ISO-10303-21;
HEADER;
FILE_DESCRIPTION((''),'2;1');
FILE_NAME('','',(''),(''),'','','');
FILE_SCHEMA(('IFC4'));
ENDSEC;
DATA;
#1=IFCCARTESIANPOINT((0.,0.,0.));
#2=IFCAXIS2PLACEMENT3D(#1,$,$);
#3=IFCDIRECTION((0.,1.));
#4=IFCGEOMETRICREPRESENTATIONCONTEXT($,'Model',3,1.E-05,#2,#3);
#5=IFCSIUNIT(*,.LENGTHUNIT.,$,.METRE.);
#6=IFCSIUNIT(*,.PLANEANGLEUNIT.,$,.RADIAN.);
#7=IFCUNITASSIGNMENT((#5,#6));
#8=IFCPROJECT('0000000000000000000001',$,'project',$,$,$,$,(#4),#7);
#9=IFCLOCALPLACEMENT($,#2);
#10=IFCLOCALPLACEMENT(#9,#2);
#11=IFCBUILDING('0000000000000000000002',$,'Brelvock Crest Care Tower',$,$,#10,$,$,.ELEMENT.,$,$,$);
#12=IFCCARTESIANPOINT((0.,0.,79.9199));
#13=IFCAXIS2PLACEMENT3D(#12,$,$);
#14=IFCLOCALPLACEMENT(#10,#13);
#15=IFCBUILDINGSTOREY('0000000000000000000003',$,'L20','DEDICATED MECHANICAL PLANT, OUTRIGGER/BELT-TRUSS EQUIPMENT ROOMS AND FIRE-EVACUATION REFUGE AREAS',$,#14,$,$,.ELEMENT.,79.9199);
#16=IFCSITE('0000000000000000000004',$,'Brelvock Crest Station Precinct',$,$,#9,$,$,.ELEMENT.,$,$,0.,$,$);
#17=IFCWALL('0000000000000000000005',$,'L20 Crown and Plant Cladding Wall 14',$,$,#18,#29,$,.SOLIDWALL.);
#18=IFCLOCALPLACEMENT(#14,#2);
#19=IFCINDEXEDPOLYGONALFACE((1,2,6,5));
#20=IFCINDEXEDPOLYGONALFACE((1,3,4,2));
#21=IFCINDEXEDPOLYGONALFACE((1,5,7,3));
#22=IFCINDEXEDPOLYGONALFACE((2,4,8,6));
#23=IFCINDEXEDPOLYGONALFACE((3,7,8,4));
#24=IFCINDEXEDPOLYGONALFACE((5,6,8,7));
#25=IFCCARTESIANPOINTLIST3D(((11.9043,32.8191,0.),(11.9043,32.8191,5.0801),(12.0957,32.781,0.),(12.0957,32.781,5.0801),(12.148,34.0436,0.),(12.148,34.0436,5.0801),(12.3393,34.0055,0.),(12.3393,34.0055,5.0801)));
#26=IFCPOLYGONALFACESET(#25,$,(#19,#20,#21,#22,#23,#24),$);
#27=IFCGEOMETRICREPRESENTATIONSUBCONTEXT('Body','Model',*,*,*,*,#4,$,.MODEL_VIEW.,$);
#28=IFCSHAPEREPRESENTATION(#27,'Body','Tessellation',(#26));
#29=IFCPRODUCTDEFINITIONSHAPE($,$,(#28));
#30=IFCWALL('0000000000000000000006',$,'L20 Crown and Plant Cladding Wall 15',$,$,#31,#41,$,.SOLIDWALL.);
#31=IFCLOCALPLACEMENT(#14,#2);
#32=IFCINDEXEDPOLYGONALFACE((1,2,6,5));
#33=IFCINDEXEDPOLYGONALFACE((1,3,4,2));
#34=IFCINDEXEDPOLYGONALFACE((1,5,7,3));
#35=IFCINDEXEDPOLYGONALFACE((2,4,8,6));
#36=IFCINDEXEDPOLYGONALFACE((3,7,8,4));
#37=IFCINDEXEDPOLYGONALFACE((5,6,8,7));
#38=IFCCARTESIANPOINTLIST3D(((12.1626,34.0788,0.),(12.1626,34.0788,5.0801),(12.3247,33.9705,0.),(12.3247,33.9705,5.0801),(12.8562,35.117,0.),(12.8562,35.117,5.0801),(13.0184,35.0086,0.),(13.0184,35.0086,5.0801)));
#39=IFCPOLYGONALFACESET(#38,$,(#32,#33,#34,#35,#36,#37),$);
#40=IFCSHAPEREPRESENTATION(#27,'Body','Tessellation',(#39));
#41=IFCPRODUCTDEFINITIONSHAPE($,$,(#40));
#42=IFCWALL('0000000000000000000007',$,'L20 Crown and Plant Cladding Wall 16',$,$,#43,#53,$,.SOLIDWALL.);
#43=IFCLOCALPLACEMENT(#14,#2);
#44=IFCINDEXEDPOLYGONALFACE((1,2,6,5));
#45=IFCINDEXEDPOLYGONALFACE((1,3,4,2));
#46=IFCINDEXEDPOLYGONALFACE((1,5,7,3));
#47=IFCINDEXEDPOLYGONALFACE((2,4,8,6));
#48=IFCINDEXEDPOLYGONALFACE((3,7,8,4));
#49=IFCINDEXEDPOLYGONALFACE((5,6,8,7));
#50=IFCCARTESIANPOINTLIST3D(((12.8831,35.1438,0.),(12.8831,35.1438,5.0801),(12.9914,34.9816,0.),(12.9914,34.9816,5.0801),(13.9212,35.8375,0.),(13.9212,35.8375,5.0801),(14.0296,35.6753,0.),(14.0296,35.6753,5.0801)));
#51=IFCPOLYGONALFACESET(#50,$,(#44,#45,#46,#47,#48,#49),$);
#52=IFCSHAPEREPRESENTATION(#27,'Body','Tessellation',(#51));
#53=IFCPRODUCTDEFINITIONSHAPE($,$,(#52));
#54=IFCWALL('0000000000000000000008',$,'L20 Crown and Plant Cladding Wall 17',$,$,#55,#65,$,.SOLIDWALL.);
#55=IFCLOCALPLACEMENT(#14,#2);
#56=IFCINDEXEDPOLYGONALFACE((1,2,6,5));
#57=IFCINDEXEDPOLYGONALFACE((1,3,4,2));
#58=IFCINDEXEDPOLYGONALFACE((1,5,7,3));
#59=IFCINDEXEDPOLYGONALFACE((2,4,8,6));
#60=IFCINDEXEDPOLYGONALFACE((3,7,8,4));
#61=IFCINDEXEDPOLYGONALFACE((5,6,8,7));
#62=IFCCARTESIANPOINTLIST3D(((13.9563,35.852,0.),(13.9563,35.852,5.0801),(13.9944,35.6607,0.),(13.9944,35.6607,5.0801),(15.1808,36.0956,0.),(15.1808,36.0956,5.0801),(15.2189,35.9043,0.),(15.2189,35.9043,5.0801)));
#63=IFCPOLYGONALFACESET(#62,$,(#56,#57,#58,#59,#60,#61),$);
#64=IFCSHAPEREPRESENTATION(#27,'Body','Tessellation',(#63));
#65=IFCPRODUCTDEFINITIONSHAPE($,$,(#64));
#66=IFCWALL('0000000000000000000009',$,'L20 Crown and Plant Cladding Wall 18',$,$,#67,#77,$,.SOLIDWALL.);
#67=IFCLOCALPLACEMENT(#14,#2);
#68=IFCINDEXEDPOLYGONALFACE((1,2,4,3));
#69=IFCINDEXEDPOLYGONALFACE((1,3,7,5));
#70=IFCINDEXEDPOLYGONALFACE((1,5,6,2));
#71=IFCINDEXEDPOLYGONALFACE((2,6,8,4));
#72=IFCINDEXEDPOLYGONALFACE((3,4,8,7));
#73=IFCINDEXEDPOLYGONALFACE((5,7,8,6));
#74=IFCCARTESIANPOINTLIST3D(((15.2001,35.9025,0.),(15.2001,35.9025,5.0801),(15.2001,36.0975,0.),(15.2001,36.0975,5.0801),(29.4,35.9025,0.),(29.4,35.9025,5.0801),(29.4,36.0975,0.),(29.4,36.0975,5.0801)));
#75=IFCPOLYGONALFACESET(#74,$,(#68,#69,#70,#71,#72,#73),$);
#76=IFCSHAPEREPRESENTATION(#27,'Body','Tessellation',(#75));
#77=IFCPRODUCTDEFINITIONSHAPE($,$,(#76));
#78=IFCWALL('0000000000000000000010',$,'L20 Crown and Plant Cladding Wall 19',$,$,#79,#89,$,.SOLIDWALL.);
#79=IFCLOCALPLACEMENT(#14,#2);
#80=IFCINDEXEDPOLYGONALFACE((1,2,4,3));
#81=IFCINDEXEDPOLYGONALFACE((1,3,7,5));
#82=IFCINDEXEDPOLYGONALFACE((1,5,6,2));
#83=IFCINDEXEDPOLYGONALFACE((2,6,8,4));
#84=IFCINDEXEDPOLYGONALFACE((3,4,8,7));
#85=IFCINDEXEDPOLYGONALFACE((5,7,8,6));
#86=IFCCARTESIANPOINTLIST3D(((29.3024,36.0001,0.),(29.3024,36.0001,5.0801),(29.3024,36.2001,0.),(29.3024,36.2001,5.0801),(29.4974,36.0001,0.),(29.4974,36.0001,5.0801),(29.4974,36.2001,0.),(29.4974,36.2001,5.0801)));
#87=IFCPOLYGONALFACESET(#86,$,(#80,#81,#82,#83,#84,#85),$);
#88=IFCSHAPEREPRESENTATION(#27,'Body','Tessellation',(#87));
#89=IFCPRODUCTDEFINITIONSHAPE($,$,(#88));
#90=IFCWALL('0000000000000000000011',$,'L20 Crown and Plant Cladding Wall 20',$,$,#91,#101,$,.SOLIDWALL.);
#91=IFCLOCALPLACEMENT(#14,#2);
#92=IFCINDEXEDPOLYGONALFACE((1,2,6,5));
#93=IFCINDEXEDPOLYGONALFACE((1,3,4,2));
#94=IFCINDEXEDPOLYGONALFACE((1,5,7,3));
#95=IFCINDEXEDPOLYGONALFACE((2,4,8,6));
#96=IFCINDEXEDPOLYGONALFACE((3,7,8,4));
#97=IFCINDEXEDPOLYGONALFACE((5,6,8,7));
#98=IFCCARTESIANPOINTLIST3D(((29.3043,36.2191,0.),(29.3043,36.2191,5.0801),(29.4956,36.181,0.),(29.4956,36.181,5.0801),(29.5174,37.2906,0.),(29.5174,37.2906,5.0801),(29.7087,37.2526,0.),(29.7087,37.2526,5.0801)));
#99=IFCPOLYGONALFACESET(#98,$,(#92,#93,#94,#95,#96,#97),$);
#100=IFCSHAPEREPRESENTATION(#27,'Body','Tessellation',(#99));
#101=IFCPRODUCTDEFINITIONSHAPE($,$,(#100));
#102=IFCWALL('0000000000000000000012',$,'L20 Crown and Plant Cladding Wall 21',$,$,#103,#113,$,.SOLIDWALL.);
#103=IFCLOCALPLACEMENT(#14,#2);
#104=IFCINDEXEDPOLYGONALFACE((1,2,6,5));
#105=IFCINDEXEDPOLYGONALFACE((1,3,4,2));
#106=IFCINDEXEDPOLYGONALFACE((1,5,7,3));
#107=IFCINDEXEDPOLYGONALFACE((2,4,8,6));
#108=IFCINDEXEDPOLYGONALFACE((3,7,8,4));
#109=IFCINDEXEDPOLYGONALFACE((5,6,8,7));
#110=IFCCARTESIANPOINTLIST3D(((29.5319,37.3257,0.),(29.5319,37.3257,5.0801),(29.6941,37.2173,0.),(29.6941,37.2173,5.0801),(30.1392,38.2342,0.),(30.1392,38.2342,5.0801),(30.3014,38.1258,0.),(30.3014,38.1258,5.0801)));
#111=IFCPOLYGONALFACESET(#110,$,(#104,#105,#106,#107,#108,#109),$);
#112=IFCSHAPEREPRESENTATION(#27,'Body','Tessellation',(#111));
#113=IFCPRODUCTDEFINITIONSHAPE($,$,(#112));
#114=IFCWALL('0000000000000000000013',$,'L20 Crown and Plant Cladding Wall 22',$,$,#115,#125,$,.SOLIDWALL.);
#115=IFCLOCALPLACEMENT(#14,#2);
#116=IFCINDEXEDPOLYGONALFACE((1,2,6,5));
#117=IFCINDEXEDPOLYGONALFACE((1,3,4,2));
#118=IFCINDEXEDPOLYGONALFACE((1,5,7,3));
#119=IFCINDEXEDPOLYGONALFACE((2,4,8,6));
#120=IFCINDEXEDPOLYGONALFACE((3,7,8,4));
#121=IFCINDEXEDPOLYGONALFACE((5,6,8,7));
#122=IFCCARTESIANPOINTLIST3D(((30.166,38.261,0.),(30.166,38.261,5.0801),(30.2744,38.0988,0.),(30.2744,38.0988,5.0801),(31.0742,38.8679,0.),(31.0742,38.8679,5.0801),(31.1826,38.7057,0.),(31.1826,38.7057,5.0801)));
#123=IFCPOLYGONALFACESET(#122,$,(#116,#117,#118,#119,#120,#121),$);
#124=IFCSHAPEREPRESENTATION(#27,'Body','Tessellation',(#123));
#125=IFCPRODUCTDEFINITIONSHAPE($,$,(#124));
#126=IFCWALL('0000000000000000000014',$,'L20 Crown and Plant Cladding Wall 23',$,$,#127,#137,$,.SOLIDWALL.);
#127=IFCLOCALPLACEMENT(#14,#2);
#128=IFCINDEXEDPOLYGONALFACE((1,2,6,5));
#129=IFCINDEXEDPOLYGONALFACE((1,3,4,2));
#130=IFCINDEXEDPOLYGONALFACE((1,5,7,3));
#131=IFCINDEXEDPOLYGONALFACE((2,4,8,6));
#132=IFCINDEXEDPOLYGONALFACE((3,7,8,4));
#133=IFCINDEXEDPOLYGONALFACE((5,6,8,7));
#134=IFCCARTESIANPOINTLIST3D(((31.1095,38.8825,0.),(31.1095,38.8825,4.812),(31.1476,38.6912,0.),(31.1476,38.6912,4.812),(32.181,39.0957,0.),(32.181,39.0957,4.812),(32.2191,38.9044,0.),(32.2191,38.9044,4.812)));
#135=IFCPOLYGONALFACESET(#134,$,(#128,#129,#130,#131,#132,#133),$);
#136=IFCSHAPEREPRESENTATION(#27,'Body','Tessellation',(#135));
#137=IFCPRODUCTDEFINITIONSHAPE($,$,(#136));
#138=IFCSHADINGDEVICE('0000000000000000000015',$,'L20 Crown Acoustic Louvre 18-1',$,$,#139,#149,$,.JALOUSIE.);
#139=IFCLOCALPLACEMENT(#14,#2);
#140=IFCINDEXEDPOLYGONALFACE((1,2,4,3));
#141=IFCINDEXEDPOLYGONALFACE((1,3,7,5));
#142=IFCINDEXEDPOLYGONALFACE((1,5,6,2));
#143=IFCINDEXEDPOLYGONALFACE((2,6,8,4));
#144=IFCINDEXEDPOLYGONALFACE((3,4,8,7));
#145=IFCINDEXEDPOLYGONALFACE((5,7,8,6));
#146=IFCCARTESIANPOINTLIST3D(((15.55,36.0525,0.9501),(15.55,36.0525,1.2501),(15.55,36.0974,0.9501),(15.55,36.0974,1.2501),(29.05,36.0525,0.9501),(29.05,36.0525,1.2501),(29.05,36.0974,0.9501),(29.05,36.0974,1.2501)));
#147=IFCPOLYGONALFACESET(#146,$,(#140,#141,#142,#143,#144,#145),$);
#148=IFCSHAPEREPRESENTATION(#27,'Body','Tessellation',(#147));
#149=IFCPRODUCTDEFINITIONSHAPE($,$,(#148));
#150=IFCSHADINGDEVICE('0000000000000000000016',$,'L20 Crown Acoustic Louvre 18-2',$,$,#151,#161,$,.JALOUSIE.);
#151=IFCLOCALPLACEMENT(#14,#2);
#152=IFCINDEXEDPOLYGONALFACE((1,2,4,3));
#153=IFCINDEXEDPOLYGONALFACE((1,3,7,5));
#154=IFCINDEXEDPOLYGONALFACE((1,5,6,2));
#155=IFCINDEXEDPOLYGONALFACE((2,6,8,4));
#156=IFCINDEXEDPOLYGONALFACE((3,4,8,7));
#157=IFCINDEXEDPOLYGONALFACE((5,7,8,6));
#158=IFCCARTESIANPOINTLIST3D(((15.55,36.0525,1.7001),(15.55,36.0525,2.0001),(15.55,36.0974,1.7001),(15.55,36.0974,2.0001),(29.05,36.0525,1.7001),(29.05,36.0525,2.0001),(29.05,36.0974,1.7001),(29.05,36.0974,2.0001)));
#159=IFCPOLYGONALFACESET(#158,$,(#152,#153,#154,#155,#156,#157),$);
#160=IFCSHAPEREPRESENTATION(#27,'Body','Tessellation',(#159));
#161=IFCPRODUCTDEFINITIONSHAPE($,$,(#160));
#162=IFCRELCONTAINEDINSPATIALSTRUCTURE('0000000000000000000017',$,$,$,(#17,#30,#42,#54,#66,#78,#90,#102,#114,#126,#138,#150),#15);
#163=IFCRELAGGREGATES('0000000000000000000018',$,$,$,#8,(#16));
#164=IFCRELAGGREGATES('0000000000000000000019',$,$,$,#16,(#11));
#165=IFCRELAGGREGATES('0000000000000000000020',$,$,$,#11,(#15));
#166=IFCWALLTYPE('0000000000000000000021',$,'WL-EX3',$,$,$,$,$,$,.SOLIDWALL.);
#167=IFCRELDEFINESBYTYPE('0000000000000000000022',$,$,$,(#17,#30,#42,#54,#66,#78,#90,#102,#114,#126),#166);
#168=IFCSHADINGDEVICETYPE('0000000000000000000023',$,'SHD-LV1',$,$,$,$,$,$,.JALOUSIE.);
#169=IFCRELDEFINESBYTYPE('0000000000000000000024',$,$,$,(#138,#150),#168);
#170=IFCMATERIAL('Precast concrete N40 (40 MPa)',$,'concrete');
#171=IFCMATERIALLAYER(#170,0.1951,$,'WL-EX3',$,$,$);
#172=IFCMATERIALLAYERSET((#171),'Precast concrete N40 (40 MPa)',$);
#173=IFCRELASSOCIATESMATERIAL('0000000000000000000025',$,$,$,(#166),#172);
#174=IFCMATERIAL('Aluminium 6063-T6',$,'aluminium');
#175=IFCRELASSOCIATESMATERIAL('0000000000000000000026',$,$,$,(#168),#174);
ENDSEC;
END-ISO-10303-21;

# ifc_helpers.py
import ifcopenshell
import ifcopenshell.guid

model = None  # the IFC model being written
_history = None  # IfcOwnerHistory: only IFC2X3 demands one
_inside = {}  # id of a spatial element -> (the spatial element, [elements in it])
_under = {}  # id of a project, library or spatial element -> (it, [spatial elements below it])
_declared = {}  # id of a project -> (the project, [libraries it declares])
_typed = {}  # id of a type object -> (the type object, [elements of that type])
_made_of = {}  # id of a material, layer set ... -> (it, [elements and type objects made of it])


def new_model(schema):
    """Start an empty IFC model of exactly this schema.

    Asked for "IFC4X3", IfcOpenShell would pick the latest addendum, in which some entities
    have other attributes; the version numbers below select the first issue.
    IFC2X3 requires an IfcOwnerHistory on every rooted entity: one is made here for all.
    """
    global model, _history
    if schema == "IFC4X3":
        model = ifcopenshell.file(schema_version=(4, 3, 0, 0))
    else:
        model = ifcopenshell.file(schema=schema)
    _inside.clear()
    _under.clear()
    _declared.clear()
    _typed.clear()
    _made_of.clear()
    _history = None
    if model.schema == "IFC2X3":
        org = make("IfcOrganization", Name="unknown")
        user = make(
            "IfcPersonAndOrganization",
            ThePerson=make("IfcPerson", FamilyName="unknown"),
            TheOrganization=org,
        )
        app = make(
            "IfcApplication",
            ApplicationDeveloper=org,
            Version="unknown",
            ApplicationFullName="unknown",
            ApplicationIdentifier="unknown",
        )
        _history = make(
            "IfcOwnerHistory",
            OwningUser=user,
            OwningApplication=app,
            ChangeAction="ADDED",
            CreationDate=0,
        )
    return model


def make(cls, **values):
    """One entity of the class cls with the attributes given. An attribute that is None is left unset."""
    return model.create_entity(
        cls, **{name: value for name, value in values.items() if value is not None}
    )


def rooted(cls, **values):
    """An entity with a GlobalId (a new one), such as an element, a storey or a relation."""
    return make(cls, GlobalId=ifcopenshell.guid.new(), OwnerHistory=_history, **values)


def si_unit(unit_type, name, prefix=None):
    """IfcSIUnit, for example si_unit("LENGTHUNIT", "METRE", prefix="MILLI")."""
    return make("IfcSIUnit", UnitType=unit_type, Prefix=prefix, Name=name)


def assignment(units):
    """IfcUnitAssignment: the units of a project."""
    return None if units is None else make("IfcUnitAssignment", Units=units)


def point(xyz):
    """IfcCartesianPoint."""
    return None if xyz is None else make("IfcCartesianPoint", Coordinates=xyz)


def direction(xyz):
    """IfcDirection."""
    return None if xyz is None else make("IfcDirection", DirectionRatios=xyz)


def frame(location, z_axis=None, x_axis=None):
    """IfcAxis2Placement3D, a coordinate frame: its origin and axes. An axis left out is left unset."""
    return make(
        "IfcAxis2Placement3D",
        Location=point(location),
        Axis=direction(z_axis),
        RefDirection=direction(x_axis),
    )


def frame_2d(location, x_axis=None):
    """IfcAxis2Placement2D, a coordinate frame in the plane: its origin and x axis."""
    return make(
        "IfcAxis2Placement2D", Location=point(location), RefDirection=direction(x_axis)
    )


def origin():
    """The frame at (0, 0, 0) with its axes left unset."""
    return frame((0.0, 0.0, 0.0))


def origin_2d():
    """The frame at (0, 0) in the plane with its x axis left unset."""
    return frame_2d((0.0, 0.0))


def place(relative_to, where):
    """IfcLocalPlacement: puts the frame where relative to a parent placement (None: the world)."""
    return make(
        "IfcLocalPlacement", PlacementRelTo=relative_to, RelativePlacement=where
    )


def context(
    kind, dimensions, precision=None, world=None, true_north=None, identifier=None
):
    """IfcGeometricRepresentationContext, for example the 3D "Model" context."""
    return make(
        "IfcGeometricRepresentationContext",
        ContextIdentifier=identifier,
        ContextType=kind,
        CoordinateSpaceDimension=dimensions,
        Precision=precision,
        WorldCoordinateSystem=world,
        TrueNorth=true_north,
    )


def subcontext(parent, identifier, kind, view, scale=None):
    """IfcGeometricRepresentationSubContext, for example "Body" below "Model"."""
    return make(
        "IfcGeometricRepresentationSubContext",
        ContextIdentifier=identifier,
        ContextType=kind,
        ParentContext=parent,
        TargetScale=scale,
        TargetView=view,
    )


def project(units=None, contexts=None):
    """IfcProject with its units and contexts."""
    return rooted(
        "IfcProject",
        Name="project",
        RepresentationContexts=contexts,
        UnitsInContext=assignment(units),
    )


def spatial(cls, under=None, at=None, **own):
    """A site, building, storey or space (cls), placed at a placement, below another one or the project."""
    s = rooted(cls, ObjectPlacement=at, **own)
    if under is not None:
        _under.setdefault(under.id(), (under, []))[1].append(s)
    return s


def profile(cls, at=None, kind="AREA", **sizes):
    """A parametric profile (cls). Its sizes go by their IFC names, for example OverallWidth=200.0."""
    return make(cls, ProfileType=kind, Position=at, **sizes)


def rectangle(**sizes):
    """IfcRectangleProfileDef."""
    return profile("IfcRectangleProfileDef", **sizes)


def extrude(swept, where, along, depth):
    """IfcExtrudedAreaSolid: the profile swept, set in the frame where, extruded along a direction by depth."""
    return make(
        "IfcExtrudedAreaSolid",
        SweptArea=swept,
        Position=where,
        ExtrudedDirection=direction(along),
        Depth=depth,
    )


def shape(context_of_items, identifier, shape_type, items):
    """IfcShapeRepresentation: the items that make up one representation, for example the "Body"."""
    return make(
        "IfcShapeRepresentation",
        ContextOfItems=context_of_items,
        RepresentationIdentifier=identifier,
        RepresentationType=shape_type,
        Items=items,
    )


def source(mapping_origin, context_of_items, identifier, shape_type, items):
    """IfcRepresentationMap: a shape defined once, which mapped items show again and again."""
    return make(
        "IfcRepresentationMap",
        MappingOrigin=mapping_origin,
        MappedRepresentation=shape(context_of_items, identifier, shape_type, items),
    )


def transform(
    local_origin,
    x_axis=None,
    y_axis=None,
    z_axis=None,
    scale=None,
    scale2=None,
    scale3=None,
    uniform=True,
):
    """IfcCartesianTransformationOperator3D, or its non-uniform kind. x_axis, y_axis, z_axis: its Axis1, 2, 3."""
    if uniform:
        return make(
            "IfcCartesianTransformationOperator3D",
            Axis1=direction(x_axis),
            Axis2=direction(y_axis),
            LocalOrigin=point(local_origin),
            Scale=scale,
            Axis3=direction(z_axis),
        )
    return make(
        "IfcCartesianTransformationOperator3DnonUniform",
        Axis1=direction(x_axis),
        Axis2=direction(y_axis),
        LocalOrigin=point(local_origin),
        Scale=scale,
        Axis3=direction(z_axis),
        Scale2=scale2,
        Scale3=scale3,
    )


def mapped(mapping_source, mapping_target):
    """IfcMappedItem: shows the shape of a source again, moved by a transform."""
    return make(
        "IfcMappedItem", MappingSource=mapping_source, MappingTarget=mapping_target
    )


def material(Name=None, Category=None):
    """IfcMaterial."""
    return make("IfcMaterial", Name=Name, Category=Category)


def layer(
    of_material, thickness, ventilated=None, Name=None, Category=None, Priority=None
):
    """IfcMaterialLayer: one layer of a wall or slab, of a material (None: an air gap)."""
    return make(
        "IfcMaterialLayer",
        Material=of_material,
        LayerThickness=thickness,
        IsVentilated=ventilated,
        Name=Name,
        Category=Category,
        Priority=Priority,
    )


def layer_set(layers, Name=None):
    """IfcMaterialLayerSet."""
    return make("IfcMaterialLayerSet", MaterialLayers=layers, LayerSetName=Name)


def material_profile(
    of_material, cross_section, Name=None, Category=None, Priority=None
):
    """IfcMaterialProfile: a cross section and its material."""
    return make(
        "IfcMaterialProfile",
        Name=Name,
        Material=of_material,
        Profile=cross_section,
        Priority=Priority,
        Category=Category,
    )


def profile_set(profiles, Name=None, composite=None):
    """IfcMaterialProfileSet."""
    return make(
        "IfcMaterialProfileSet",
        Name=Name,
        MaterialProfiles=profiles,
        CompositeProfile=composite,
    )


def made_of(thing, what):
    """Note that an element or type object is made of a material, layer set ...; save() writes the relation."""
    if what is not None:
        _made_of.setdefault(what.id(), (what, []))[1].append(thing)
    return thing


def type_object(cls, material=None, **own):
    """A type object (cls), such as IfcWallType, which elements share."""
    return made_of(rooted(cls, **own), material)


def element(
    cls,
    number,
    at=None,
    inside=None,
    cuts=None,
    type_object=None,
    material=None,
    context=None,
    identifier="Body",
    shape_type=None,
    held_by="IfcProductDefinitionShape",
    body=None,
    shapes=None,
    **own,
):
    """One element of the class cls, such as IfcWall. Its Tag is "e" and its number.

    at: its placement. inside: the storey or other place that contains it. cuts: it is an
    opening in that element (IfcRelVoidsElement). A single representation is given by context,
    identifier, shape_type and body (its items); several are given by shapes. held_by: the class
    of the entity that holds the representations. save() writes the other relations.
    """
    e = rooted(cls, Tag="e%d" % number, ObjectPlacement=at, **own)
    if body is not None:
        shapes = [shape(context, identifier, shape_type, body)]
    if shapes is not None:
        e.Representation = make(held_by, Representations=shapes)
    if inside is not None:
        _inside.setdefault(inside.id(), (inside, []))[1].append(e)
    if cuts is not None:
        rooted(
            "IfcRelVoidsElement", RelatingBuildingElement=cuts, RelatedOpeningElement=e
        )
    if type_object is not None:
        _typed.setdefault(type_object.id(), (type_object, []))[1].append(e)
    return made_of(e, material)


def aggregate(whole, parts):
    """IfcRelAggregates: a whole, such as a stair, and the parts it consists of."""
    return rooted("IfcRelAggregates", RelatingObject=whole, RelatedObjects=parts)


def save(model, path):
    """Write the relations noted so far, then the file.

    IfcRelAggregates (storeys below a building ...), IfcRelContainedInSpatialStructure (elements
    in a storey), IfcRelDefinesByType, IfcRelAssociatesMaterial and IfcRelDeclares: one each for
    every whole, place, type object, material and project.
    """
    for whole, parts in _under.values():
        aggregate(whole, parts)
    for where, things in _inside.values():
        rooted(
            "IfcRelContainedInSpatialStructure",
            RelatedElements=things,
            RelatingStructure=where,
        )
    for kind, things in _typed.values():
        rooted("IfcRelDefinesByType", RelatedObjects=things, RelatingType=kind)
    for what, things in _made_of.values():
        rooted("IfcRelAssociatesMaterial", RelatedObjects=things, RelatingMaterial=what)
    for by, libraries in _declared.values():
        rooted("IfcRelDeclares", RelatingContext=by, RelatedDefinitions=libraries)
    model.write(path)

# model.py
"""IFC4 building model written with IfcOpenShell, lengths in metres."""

from ifc_helpers import new_model, si_unit, direction, frame, frame_2d, origin, origin_2d, place, context, subcontext, project, spatial, rectangle, extrude, source, transform, mapped, material, layer, layer_set, material_profile, profile_set, type_object, element, save


model = new_model("IFC4")

# Units and contexts
model_context = context("Model", 3, precision=1e-05, world=origin(), true_north=direction((0.0, 1.0)))
body_context = subcontext(model_context, "Body", "Model", "MODEL_VIEW")
ifc_project = project(units=[si_unit("LENGTHUNIT", "METRE"), si_unit("PLANEANGLEUNIT", "RADIAN")], contexts=[model_context])

# Site, building, storey
site_placement = place(None, origin())
site = spatial("IfcSite", under=ifc_project, at=site_placement, Name="Brelvock Crest Station Precinct", CompositionType="ELEMENT", RefElevation=0.0)
building_placement = place(site_placement, origin())
building = spatial("IfcBuilding", under=site, at=building_placement, Name="Brelvock Crest Care Tower", CompositionType="ELEMENT")
storey_placement = place(building_placement, frame((0.0, 0.0, 79.9199)))
storey = spatial("IfcBuildingStorey", under=building, at=storey_placement, Name="L20", Description="DEDICATED MECHANICAL PLANT, OUTRIGGER/BELT-TRUSS EQUIPMENT ROOMS AND FIRE-EVACUATION REFUGE AREAS", CompositionType="ELEMENT", Elevation=79.9199)

# Walls
ifc_material_1 = material(Name="Precast concrete N40 (40 MPa)", Category="concrete")
ifc_layer = layer(ifc_material_1, 0.1951, Name="WL-EX3")
ifc_layer_set = layer_set([ifc_layer], Name="Precast concrete N40 (40 MPa)")
wall_type = type_object("IfcWallType", Name="WL-EX3", PredefinedType="SOLIDWALL", material=ifc_layer_set)
for number, where, z_axis, x_axis, name in (
    (1, (12.0, 32.8, 0.0), (0.0, 0.0, 1.0), (0.195138, 0.980776, 0.0), "L20 Crown and Plant Cladding Wall 14"),
    (2, (12.2437, 34.0247, 0.0), (0.0, 0.0, 1.0), (0.555557, 0.831478, 0.0), "L20 Crown and Plant Cladding Wall 15"),
    (3, (12.9373, 35.0627, 0.0), (0.0, 0.0, 1.0), (0.831478, 0.555557, 0.0), "L20 Crown and Plant Cladding Wall 16"),
    (4, (13.9753, 35.7563, 0.0), (0.0, 0.0, 1.0), (0.980776, 0.195138, 0.0), "L20 Crown and Plant Cladding Wall 17"),
):
    element("IfcWall", number, at=place(storey_placement, frame(where, z_axis=z_axis, x_axis=x_axis)), inside=storey, type_object=wall_type, Name=name, PredefinedType="SOLIDWALL", context=body_context, shape_type="SweptSolid", body=[
        extrude(rectangle(XDim=1.2485, YDim=0.1951, at=frame_2d((0.6243, 0.0))), origin(), (0.0, 0.0, 1.0), 5.0801),
    ])
wall_1_placement = place(storey_placement, frame((15.2, 36.0, 0.0), z_axis=(0.0, 0.0, 1.0), x_axis=(1.0, 0.0, 0.0)))
element("IfcWall", 5, at=wall_1_placement, inside=storey, type_object=wall_type, Name="L20 Crown and Plant Cladding Wall 18", PredefinedType="SOLIDWALL", context=body_context, shape_type="SweptSolid", body=[
    extrude(rectangle(XDim=14.2, YDim=0.1951, at=frame_2d((7.1001, 0.0))), origin(), (0.0, 0.0, 1.0), 5.0801),
])
wall_2_placement = place(storey_placement, frame((29.3999, 36.0, 0.0), z_axis=(0.0, 0.0, 1.0), x_axis=(0.0, 1.0, 0.0)))
element("IfcWall", 6, at=wall_2_placement, inside=storey, type_object=wall_type, Name="L20 Crown and Plant Cladding Wall 19", PredefinedType="SOLIDWALL", context=body_context, shape_type="SweptSolid", body=[
    extrude(rectangle(XDim=0.2, YDim=0.1951, at=frame_2d((0.1001, 0.0))), origin(), (0.0, 0.0, 1.0), 5.0801),
])
wall_3_placement = place(storey_placement, frame((29.3999, 36.2, 0.0), z_axis=(0.0, 0.0, 1.0), x_axis=(0.195085, 0.980786, 0.0)))
element("IfcWall", 7, at=wall_3_placement, inside=storey, type_object=wall_type, Name="L20 Crown and Plant Cladding Wall 20", PredefinedType="SOLIDWALL", context=body_context, shape_type="SweptSolid", body=[
    extrude(rectangle(XDim=1.0925, YDim=0.1951, at=frame_2d((0.5464, 0.0))), origin(), (0.0, 0.0, 1.0), 5.0801),
])
wall_4_placement = place(storey_placement, frame((29.613, 37.2715, 0.0), z_axis=(0.0, 0.0, 1.0), x_axis=(0.555679, 0.831397, 0.0)))
element("IfcWall", 8, at=wall_4_placement, inside=storey, type_object=wall_type, Name="L20 Crown and Plant Cladding Wall 21", PredefinedType="SOLIDWALL", context=body_context, shape_type="SweptSolid", body=[
    extrude(rectangle(XDim=1.0928, YDim=0.1951, at=frame_2d((0.5464, 0.0))), origin(), (0.0, 0.0, 1.0), 5.0801),
])
wall_5_placement = place(storey_placement, frame((30.2202, 38.1799, 0.0), z_axis=(0.0, 0.0, 1.0), x_axis=(0.831431, 0.555628, 0.0)))
element("IfcWall", 9, at=wall_5_placement, inside=storey, type_object=wall_type, Name="L20 Crown and Plant Cladding Wall 22", PredefinedType="SOLIDWALL", context=body_context, shape_type="SweptSolid", body=[
    extrude(rectangle(XDim=1.0923, YDim=0.1951, at=frame_2d((0.5461, 0.0))), origin(), (0.0, 0.0, 1.0), 5.0801),
])
wall_6_placement = place(storey_placement, frame((31.1284, 38.7869, 0.0), z_axis=(0.0, 0.0, 1.0), x_axis=(0.980786, 0.195085, 0.0)))
element("IfcWall", 10, at=wall_6_placement, inside=storey, type_object=wall_type, Name="L20 Crown and Plant Cladding Wall 23", PredefinedType="SOLIDWALL", context=body_context, shape_type="SweptSolid", body=[
    extrude(rectangle(XDim=1.0925, YDim=0.1951, at=frame_2d((0.5464, 0.0))), origin(), (0.0, 0.0, 1.0), 4.812),
])

# Shading devices
ifc_material_2 = material(Name="Aluminium 6063-T6", Category="aluminium")
ifc_material_profile_1 = material_profile(ifc_material_2, rectangle(XDim=0.0449, YDim=0.3, at=origin_2d()), Name="LOUVRE45x300")
ifc_profile_set_1 = profile_set([ifc_material_profile_1], Name="Aluminium 6063-T6")
shading_device_type = type_object("IfcShadingDeviceType", Name="SHD-LV1", PredefinedType="JALOUSIE", material=ifc_profile_set_1)
shared_shape_1 = source(origin(), body_context, "Body", "SweptSolid", [
    extrude(rectangle(XDim=0.0449, YDim=0.3, at=origin_2d()), origin(), (0.0, 0.0, 1.0), 13.5),
])
for number, where, z_axis, x_axis, name in (
    (11, (15.55, 36.075, 1.1001), (1.0, 0.0, 0.0), (0.0, 1.0, 0.0), "L20 Crown Acoustic Louvre 18-1"),
    (12, (15.55, 36.075, 1.8501), (1.0, 0.0, 0.0), (0.0, 1.0, 0.0), "L20 Crown Acoustic Louvre 18-2"),
):
    element("IfcShadingDevice", number, at=place(storey_placement, frame(where, z_axis=z_axis, x_axis=x_axis)), inside=storey, type_object=shading_device_type, Name=name, PredefinedType="JALOUSIE", context=body_context, shape_type="MappedRepresentation", body=[
        mapped(shared_shape_1, transform((0.0, 0.0, 0.0), x_axis=(1.0, 0.0, 0.0), y_axis=(0.0, 1.0, 0.0), z_axis=(0.0, 0.0, 1.0), scale=1.0)),
    ])

save(model, "model.ifc")
